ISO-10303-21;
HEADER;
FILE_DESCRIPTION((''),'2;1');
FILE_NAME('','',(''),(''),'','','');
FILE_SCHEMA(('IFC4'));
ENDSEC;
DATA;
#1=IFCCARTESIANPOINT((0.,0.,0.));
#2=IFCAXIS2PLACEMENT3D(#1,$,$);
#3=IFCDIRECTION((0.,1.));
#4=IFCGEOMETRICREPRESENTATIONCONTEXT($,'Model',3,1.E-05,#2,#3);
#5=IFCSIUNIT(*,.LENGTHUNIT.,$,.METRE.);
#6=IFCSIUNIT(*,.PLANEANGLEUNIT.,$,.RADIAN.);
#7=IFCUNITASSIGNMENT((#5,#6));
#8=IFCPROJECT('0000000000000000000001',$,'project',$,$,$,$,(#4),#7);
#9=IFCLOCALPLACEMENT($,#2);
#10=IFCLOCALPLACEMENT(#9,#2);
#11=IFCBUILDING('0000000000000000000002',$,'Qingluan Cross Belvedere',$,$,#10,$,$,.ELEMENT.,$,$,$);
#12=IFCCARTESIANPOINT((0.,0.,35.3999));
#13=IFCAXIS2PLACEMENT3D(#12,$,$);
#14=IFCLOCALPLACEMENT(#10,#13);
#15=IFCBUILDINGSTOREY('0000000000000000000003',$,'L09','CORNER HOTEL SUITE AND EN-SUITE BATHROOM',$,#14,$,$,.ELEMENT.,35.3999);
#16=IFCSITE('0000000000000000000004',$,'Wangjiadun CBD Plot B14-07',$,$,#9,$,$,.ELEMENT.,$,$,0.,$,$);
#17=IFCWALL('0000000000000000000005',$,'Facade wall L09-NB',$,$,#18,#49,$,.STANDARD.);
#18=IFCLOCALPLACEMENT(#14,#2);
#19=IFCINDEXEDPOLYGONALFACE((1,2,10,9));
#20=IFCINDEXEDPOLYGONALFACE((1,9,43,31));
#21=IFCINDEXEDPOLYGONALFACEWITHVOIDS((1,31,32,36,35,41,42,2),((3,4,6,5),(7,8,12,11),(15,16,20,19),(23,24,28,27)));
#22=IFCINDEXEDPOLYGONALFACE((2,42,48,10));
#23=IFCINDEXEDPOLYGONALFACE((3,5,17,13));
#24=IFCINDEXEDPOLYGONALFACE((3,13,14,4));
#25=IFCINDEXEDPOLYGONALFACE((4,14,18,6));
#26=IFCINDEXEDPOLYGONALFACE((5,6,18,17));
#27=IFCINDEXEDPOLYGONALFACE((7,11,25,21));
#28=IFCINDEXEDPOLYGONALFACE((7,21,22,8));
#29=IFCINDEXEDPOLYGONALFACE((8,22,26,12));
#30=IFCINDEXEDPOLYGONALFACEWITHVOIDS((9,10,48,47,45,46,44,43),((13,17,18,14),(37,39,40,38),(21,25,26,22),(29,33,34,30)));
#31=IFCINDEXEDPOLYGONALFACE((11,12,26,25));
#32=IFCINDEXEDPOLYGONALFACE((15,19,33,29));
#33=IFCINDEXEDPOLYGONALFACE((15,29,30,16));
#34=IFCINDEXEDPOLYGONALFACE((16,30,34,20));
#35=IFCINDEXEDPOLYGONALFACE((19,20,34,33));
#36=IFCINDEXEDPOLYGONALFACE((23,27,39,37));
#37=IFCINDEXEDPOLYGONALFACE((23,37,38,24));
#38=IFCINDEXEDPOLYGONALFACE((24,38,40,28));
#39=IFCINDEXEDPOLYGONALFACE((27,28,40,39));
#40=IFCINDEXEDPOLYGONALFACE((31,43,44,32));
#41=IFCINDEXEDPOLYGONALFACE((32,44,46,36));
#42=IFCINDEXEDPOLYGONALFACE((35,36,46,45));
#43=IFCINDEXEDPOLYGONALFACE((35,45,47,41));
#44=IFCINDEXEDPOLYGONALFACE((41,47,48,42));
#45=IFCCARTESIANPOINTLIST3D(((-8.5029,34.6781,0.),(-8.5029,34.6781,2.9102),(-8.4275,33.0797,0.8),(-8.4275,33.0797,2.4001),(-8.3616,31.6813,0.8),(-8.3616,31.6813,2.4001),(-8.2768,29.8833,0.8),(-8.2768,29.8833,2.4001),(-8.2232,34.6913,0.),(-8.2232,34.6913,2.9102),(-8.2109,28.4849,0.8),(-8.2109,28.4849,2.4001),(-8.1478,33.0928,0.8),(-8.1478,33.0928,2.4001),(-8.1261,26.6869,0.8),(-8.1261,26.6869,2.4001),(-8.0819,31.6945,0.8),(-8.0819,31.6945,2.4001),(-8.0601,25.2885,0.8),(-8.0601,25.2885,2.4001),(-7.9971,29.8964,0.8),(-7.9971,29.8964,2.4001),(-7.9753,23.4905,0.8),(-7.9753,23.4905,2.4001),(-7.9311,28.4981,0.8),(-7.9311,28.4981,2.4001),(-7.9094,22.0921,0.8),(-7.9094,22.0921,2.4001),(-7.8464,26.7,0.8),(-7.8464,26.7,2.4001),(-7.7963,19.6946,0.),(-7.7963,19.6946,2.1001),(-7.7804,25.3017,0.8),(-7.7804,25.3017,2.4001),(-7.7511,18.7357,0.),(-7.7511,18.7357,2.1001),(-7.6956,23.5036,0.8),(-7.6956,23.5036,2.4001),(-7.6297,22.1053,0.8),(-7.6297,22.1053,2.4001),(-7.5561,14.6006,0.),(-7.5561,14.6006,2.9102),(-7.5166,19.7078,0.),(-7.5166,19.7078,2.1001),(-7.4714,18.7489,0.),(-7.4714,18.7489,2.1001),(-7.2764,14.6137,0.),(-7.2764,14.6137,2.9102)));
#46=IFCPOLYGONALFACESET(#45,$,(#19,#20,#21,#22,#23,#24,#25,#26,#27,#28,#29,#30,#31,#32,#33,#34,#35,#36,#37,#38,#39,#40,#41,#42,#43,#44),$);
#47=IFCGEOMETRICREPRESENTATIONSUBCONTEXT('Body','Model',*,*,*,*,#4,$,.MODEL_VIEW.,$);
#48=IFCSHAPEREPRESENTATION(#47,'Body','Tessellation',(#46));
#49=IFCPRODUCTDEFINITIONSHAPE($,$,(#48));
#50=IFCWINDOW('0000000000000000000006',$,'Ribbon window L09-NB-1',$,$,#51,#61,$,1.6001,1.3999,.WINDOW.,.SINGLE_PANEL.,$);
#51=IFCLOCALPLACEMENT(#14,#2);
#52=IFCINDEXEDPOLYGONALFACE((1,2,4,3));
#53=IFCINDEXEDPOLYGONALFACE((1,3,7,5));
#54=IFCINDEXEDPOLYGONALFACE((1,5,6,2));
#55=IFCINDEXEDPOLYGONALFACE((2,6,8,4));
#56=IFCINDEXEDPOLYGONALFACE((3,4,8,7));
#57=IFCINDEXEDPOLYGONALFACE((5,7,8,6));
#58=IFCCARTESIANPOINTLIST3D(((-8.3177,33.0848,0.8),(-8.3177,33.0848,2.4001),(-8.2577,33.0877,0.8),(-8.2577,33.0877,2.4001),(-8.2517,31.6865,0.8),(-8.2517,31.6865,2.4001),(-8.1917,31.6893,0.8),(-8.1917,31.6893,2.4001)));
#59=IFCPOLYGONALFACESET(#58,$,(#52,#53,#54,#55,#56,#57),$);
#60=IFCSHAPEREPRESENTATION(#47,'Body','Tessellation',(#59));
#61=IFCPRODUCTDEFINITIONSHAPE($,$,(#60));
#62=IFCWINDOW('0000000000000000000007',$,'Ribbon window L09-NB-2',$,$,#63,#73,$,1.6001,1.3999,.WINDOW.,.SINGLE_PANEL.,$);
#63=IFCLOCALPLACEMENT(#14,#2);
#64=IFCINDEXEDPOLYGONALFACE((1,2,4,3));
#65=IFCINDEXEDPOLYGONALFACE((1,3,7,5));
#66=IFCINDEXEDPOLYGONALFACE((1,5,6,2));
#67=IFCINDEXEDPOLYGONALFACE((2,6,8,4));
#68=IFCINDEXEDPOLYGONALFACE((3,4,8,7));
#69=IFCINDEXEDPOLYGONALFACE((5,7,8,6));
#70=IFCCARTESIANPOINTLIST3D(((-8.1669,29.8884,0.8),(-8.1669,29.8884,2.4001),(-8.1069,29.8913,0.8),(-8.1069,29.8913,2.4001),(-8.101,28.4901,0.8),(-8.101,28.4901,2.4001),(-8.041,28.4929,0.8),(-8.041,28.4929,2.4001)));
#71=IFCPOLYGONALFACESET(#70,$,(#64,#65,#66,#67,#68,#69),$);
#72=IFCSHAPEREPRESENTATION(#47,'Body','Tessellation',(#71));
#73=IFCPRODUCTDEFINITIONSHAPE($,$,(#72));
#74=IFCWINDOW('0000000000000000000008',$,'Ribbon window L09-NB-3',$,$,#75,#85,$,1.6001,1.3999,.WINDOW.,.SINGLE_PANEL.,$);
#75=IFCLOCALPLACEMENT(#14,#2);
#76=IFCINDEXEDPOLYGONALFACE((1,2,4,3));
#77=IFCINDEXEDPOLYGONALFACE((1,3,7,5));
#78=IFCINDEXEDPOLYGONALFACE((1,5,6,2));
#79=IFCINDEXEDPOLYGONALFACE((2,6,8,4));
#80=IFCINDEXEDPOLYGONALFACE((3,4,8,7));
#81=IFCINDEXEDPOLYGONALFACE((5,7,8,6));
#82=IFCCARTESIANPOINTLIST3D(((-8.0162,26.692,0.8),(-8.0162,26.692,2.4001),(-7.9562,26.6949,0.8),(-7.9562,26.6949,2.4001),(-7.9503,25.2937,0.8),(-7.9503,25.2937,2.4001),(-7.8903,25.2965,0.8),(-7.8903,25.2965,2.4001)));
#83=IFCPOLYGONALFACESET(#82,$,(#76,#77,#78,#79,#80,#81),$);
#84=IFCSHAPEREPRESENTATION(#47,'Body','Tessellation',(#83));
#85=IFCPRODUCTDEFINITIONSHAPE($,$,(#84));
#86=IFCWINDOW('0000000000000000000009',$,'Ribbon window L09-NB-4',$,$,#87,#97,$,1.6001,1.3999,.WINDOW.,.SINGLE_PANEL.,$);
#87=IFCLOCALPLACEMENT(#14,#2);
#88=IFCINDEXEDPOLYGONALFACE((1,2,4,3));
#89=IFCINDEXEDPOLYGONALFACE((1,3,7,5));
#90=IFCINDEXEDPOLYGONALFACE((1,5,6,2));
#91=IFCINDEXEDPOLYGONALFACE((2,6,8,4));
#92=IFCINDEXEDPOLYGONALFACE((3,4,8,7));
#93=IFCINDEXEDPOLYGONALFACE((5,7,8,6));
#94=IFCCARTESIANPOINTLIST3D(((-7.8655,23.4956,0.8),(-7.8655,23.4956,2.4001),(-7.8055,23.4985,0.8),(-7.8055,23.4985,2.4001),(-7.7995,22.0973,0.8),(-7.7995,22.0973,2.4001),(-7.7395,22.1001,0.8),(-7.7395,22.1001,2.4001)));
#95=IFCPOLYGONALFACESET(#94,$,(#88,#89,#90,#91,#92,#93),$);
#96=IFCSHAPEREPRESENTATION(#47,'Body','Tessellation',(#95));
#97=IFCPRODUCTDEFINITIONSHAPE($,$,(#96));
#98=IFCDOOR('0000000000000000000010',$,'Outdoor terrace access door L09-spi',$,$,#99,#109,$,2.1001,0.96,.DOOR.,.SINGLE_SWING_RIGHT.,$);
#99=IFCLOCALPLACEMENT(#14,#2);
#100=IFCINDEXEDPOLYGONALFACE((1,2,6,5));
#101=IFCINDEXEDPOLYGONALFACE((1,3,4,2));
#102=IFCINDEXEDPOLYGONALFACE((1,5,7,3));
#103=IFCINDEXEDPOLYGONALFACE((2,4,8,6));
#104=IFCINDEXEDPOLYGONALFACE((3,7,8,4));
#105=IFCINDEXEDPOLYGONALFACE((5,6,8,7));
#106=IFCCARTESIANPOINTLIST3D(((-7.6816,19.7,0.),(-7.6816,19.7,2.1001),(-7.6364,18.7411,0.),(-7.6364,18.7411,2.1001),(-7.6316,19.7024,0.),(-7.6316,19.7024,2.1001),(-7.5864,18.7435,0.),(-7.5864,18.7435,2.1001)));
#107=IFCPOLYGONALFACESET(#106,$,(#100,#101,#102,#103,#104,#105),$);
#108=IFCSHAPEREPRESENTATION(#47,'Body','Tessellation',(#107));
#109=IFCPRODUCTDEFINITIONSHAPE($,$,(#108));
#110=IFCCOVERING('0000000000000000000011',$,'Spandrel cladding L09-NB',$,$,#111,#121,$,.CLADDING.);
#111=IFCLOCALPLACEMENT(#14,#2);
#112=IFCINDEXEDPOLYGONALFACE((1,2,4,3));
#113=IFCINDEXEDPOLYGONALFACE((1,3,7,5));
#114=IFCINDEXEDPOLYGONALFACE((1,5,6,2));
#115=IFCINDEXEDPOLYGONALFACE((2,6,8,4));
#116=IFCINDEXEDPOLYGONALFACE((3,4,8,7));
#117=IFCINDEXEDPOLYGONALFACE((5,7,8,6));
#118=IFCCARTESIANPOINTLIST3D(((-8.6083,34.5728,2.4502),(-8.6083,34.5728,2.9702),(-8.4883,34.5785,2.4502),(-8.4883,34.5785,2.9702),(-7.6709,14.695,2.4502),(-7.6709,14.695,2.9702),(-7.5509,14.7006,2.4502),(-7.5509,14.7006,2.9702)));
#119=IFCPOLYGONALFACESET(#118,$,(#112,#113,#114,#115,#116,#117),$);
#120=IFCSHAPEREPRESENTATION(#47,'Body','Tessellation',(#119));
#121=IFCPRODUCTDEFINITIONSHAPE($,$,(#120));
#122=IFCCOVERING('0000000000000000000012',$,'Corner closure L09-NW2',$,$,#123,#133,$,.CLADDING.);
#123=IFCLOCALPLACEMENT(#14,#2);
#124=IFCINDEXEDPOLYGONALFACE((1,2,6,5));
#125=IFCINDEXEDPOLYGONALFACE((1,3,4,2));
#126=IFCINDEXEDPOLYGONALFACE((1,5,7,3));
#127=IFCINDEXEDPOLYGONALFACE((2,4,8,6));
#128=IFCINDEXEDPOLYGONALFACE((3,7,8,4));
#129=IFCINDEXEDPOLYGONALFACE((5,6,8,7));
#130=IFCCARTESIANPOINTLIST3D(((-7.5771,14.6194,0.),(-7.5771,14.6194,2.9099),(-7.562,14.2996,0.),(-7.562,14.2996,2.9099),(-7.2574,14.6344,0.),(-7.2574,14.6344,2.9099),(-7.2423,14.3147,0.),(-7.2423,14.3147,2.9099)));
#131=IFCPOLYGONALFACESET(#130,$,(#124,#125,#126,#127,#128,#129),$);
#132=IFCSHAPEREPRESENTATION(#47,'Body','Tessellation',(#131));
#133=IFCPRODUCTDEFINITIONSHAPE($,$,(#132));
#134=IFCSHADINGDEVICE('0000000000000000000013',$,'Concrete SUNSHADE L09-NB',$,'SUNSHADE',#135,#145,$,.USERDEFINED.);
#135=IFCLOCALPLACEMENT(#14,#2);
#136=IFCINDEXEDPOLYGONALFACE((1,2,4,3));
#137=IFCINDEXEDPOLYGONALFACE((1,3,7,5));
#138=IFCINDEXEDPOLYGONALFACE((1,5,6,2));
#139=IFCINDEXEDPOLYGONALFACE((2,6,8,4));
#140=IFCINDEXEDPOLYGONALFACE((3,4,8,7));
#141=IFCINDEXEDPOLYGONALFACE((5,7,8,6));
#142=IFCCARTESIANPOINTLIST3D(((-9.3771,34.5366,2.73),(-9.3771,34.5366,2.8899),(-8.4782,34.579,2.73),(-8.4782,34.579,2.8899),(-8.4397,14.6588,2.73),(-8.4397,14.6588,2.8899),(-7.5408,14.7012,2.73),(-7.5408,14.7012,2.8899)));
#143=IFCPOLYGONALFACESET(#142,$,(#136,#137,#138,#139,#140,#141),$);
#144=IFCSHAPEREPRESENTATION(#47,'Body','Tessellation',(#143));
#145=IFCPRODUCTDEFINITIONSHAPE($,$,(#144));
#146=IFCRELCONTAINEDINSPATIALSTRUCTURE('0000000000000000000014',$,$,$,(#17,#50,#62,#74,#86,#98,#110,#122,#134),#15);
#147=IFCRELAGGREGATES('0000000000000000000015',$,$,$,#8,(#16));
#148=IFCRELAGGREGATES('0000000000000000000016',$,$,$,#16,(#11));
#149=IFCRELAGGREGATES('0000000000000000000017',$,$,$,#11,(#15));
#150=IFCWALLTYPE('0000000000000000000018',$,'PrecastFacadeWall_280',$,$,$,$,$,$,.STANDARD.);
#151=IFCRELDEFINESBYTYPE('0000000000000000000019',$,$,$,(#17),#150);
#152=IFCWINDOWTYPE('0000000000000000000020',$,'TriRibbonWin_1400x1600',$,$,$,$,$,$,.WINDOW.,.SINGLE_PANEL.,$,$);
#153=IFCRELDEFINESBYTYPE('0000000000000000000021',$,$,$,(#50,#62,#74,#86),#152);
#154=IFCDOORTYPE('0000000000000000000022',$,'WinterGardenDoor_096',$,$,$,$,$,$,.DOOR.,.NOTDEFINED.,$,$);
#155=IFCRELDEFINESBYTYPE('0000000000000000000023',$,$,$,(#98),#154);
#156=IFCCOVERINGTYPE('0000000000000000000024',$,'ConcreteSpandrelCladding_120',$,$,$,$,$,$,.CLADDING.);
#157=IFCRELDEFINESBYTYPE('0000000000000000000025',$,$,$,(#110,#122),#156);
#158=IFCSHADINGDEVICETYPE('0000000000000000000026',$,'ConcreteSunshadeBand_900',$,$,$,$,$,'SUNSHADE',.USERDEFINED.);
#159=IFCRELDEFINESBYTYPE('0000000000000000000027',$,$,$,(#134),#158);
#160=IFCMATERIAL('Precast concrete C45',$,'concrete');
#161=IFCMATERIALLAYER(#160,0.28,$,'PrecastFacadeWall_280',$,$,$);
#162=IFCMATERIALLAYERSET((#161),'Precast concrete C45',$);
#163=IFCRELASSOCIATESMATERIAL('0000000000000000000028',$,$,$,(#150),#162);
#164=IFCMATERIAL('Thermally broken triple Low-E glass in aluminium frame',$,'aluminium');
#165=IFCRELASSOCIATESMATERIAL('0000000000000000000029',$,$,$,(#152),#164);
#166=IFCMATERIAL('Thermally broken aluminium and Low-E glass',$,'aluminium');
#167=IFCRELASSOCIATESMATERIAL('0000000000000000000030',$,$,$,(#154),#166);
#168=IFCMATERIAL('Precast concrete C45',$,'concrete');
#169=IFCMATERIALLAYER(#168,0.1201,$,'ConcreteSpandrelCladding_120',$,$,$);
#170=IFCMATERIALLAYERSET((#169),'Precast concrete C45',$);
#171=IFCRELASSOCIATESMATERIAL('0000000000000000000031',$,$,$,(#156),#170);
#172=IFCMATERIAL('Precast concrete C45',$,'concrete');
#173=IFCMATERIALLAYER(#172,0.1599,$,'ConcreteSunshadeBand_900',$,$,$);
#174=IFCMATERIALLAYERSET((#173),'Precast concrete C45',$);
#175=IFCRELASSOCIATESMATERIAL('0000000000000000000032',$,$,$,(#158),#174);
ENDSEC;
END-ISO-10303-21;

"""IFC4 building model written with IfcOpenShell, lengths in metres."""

from ifc_helpers import new_model, si_unit, direction, frame, frame_2d, origin, origin_2d, place, context, subcontext, project, spatial, rectangle, extrude, material, layer, layer_set, type_object, element, fill, save


model = new_model("IFC4")

# Units and contexts
model_context = context("Model", 3, precision=1e-05, world=origin(), true_north=direction((0.0, 1.0)))
body_context = subcontext(model_context, "Body", "Model", "MODEL_VIEW")
ifc_project = project(units=[si_unit("LENGTHUNIT", "METRE"), si_unit("PLANEANGLEUNIT", "RADIAN")], contexts=[model_context])

# Site, building, storey
site_placement = place(None, origin())
site = spatial("IfcSite", under=ifc_project, at=site_placement, Name="Wangjiadun CBD Plot B14-07", CompositionType="ELEMENT", RefElevation=0.0)
building_placement = place(site_placement, origin())
building = spatial("IfcBuilding", under=site, at=building_placement, Name="Qingluan Cross Belvedere", CompositionType="ELEMENT")
storey_placement = place(building_placement, frame((0.0, 0.0, 35.3999)))
storey = spatial("IfcBuildingStorey", under=building, at=storey_placement, Name="L09", Description="CORNER HOTEL SUITE AND EN-SUITE BATHROOM", CompositionType="ELEMENT", Elevation=35.3999)

# Wall, openings, windows, door
ifc_material_1 = material(Name="Precast concrete C45", Category="concrete")
ifc_layer_1 = layer(ifc_material_1, 0.28, Name="PrecastFacadeWall_280")
ifc_layer_set_1 = layer_set([ifc_layer_1], Name="Precast concrete C45")
wall_type_1 = type_object("IfcWallType", Name="PrecastFacadeWall_280", PredefinedType="STANDARD", material=ifc_layer_set_1)
wall_1_placement = place(storey_placement, frame((-8.363, 34.6846, 0.0), z_axis=(0.0, 0.0, 1.0), x_axis=(0.047103, -0.99889, 0.0)))
wall_1 = element("IfcWall", 1, at=wall_1_placement, inside=storey, type_object=wall_type_1, Name="Facade wall L09-NB", PredefinedType="STANDARD", context=body_context, shape_type="SweptSolid", body=[
    extrude(rectangle(XDim=20.0999, YDim=0.28, at=frame_2d((10.0498, 0.0))), origin(), (0.0, 0.0, 1.0), 2.9102),
])
opening_1_placement = place(wall_1_placement, frame((1.6001, 0.0, 0.8)))
opening_1 = element("IfcOpeningElement", 2, at=opening_1_placement, cuts=wall_1, PredefinedType="OPENING", context=body_context, shape_type="SweptSolid", body=[
    extrude(rectangle(XDim=1.3999, YDim=1.6001, at=frame_2d((0.7, 0.8))), frame((0.0, 0.1499, 0.0), z_axis=(0.0, -1.0, 0.0), x_axis=(1.0, 0.0, 0.0)), (0.0, 0.0, 1.0), 0.3),
])
opening_2_placement = place(wall_1_placement, frame((4.8, 0.0, 0.8)))
opening_2 = element("IfcOpeningElement", 3, at=opening_2_placement, cuts=wall_1, PredefinedType="OPENING", context=body_context, shape_type="SweptSolid", body=[
    extrude(rectangle(XDim=1.3999, YDim=1.6001, at=frame_2d((0.7, 0.8))), frame((0.0, 0.1499, 0.0), z_axis=(0.0, -1.0, 0.0), x_axis=(1.0, 0.0, 0.0)), (0.0, 0.0, 1.0), 0.3),
])
opening_3_placement = place(wall_1_placement, frame((8.0, 0.0, 0.8)))
opening_3 = element("IfcOpeningElement", 4, at=opening_3_placement, cuts=wall_1, PredefinedType="OPENING", context=body_context, shape_type="SweptSolid", body=[
    extrude(rectangle(XDim=1.3999, YDim=1.6001, at=frame_2d((0.7, 0.8))), frame((0.0, 0.1499, 0.0), z_axis=(0.0, -1.0, 0.0), x_axis=(1.0, 0.0, 0.0)), (0.0, 0.0, 1.0), 0.3),
])
opening_4_placement = place(wall_1_placement, frame((11.2, 0.0, 0.8)))
opening_4 = element("IfcOpeningElement", 5, at=opening_4_placement, cuts=wall_1, PredefinedType="OPENING", context=body_context, shape_type="SweptSolid", body=[
    extrude(rectangle(XDim=1.3999, YDim=1.6001, at=frame_2d((0.7, 0.8))), frame((0.0, 0.1499, 0.0), z_axis=(0.0, -1.0, 0.0), x_axis=(1.0, 0.0, 0.0)), (0.0, 0.0, 1.0), 0.3),
])
opening_5_placement = place(wall_1_placement, frame((15.0, 0.0, 0.0)))
opening_5 = element("IfcOpeningElement", 6, at=opening_5_placement, cuts=wall_1, PredefinedType="OPENING", context=body_context, shape_type="SweptSolid", body=[
    extrude(rectangle(XDim=0.96, YDim=2.1001, at=frame_2d((0.48, 1.05))), frame((0.0, 0.1499, 0.0), z_axis=(0.0, -1.0, 0.0), x_axis=(1.0, 0.0, 0.0)), (0.0, 0.0, 1.0), 0.3),
])
ifc_material_2 = material(Name="Thermally broken triple Low-E glass in aluminium frame", Category="aluminium")
window_type = type_object("IfcWindowType", Name="TriRibbonWin_1400x1600", PartitioningType="SINGLE_PANEL", PredefinedType="WINDOW", material=ifc_material_2)
window_1_placement = place(opening_1_placement, origin())
window_1 = element("IfcWindow", 7, at=window_1_placement, inside=storey, type_object=window_type, Name="Ribbon window L09-NB-1", OverallHeight=1.6001, OverallWidth=1.3999, PartitioningType="SINGLE_PANEL", PredefinedType="WINDOW", context=body_context, shape_type="SweptSolid", body=[
    extrude(rectangle(XDim=1.3999, YDim=1.6001, at=frame_2d((0.7, 0.8))), frame((0.0, 0.03, 0.0), z_axis=(0.0, -1.0, 0.0), x_axis=(1.0, 0.0, 0.0)), (0.0, 0.0, 1.0), 0.0601),
])
fill(opening_1, window_1)
window_2_placement = place(opening_2_placement, origin())
window_2 = element("IfcWindow", 8, at=window_2_placement, inside=storey, type_object=window_type, Name="Ribbon window L09-NB-2", OverallHeight=1.6001, OverallWidth=1.3999, PartitioningType="SINGLE_PANEL", PredefinedType="WINDOW", context=body_context, shape_type="SweptSolid", body=[
    extrude(rectangle(XDim=1.3999, YDim=1.6001, at=frame_2d((0.7, 0.8))), frame((0.0, 0.03, 0.0), z_axis=(0.0, -1.0, 0.0), x_axis=(1.0, 0.0, 0.0)), (0.0, 0.0, 1.0), 0.0601),
])
fill(opening_2, window_2)
window_3_placement = place(opening_3_placement, origin())
window_3 = element("IfcWindow", 9, at=window_3_placement, inside=storey, type_object=window_type, Name="Ribbon window L09-NB-3", OverallHeight=1.6001, OverallWidth=1.3999, PartitioningType="SINGLE_PANEL", PredefinedType="WINDOW", context=body_context, shape_type="SweptSolid", body=[
    extrude(rectangle(XDim=1.3999, YDim=1.6001, at=frame_2d((0.7, 0.8))), frame((0.0, 0.03, 0.0), z_axis=(0.0, -1.0, 0.0), x_axis=(1.0, 0.0, 0.0)), (0.0, 0.0, 1.0), 0.0601),
])
fill(opening_3, window_3)
window_4_placement = place(opening_4_placement, origin())
window_4 = element("IfcWindow", 10, at=window_4_placement, inside=storey, type_object=window_type, Name="Ribbon window L09-NB-4", OverallHeight=1.6001, OverallWidth=1.3999, PartitioningType="SINGLE_PANEL", PredefinedType="WINDOW", context=body_context, shape_type="SweptSolid", body=[
    extrude(rectangle(XDim=1.3999, YDim=1.6001, at=frame_2d((0.7, 0.8))), frame((0.0, 0.03, 0.0), z_axis=(0.0, -1.0, 0.0), x_axis=(1.0, 0.0, 0.0)), (0.0, 0.0, 1.0), 0.0601),
])
fill(opening_4, window_4)
ifc_material_3 = material(Name="Thermally broken aluminium and Low-E glass", Category="aluminium")
door_type_1 = type_object("IfcDoorType", Name="WinterGardenDoor_096", OperationType="NOTDEFINED", PredefinedType="DOOR", material=ifc_material_3)
door_1_placement = place(opening_5_placement, origin())
door_1 = element("IfcDoor", 11, at=door_1_placement, inside=storey, type_object=door_type_1, Name="Outdoor terrace access door L09-spi", OperationType="SINGLE_SWING_RIGHT", OverallHeight=2.1001, OverallWidth=0.96, PredefinedType="DOOR", context=body_context, shape_type="SweptSolid", body=[
    extrude(rectangle(XDim=0.96, YDim=2.1001, at=frame_2d((0.48, 1.05))), frame((0.0, 0.0249, 0.0), z_axis=(0.0, -1.0, 0.0), x_axis=(1.0, 0.0, 0.0)), (0.0, 0.0, 1.0), 0.05),
])
fill(opening_5, door_1)

# Coverings
ifc_material_4 = material(Name="Precast concrete C45", Category="concrete")
ifc_layer_2 = layer(ifc_material_4, 0.1201, Name="ConcreteSpandrelCladding_120")
ifc_layer_set_2 = layer_set([ifc_layer_2], Name="Precast concrete C45")
covering_type_1 = type_object("IfcCoveringType", Name="ConcreteSpandrelCladding_120", PredefinedType="CLADDING", material=ifc_layer_set_2)
covering_1_placement = place(storey_placement, frame((-8.0796, 24.6367, 2.4502), z_axis=(0.0, 0.0, 1.0), x_axis=(0.047105, -0.99889, 0.0)))
element("IfcCovering", 12, at=covering_1_placement, inside=storey, type_object=covering_type_1, Name="Spandrel cladding L09-NB", PredefinedType="CLADDING", context=body_context, shape_type="SweptSolid", body=[
    extrude(rectangle(XDim=19.8999, YDim=0.1201, at=origin_2d()), origin(), (0.0, 0.0, 1.0), 0.52),
])
covering_2_placement = place(storey_placement, frame((-7.4097, 14.467, 0.0), z_axis=(0.0, 0.0, 1.0), x_axis=(0.99889, 0.047106, 0.0)))
element("IfcCovering", 13, at=covering_2_placement, inside=storey, type_object=covering_type_1, Name="Corner closure L09-NW2", PredefinedType="CLADDING", context=body_context, shape_type="SweptSolid", body=[
    extrude(rectangle(XDim=0.3201, YDim=0.3201, at=origin_2d()), origin(), (0.0, 0.0, 1.0), 2.9099),
])

# Shading device
ifc_material_5 = material(Name="Precast concrete C45", Category="concrete")
ifc_layer_3 = layer(ifc_material_5, 0.1599, Name="ConcreteSunshadeBand_900")
ifc_layer_set_3 = layer_set([ifc_layer_3], Name="Precast concrete C45")
shading_device_type = type_object("IfcShadingDeviceType", Name="ConcreteSunshadeBand_900", ElementType="SUNSHADE", PredefinedType="USERDEFINED", material=ifc_layer_set_3)
shading_device_placement = place(storey_placement, frame((-8.459, 24.6189, 2.73), z_axis=(0.0, 0.0, 1.0), x_axis=(0.047105, -0.99889, 0.0)))
element("IfcShadingDevice", 14, at=shading_device_placement, inside=storey, type_object=shading_device_type, Name="Concrete SUNSHADE L09-NB", ObjectType="SUNSHADE", PredefinedType="USERDEFINED", context=body_context, shape_type="SweptSolid", body=[
    extrude(rectangle(XDim=19.8999, YDim=0.8999, at=origin_2d()), origin(), (0.0, 0.0, 1.0), 0.1599),
])

save(model, "model.ifc")
